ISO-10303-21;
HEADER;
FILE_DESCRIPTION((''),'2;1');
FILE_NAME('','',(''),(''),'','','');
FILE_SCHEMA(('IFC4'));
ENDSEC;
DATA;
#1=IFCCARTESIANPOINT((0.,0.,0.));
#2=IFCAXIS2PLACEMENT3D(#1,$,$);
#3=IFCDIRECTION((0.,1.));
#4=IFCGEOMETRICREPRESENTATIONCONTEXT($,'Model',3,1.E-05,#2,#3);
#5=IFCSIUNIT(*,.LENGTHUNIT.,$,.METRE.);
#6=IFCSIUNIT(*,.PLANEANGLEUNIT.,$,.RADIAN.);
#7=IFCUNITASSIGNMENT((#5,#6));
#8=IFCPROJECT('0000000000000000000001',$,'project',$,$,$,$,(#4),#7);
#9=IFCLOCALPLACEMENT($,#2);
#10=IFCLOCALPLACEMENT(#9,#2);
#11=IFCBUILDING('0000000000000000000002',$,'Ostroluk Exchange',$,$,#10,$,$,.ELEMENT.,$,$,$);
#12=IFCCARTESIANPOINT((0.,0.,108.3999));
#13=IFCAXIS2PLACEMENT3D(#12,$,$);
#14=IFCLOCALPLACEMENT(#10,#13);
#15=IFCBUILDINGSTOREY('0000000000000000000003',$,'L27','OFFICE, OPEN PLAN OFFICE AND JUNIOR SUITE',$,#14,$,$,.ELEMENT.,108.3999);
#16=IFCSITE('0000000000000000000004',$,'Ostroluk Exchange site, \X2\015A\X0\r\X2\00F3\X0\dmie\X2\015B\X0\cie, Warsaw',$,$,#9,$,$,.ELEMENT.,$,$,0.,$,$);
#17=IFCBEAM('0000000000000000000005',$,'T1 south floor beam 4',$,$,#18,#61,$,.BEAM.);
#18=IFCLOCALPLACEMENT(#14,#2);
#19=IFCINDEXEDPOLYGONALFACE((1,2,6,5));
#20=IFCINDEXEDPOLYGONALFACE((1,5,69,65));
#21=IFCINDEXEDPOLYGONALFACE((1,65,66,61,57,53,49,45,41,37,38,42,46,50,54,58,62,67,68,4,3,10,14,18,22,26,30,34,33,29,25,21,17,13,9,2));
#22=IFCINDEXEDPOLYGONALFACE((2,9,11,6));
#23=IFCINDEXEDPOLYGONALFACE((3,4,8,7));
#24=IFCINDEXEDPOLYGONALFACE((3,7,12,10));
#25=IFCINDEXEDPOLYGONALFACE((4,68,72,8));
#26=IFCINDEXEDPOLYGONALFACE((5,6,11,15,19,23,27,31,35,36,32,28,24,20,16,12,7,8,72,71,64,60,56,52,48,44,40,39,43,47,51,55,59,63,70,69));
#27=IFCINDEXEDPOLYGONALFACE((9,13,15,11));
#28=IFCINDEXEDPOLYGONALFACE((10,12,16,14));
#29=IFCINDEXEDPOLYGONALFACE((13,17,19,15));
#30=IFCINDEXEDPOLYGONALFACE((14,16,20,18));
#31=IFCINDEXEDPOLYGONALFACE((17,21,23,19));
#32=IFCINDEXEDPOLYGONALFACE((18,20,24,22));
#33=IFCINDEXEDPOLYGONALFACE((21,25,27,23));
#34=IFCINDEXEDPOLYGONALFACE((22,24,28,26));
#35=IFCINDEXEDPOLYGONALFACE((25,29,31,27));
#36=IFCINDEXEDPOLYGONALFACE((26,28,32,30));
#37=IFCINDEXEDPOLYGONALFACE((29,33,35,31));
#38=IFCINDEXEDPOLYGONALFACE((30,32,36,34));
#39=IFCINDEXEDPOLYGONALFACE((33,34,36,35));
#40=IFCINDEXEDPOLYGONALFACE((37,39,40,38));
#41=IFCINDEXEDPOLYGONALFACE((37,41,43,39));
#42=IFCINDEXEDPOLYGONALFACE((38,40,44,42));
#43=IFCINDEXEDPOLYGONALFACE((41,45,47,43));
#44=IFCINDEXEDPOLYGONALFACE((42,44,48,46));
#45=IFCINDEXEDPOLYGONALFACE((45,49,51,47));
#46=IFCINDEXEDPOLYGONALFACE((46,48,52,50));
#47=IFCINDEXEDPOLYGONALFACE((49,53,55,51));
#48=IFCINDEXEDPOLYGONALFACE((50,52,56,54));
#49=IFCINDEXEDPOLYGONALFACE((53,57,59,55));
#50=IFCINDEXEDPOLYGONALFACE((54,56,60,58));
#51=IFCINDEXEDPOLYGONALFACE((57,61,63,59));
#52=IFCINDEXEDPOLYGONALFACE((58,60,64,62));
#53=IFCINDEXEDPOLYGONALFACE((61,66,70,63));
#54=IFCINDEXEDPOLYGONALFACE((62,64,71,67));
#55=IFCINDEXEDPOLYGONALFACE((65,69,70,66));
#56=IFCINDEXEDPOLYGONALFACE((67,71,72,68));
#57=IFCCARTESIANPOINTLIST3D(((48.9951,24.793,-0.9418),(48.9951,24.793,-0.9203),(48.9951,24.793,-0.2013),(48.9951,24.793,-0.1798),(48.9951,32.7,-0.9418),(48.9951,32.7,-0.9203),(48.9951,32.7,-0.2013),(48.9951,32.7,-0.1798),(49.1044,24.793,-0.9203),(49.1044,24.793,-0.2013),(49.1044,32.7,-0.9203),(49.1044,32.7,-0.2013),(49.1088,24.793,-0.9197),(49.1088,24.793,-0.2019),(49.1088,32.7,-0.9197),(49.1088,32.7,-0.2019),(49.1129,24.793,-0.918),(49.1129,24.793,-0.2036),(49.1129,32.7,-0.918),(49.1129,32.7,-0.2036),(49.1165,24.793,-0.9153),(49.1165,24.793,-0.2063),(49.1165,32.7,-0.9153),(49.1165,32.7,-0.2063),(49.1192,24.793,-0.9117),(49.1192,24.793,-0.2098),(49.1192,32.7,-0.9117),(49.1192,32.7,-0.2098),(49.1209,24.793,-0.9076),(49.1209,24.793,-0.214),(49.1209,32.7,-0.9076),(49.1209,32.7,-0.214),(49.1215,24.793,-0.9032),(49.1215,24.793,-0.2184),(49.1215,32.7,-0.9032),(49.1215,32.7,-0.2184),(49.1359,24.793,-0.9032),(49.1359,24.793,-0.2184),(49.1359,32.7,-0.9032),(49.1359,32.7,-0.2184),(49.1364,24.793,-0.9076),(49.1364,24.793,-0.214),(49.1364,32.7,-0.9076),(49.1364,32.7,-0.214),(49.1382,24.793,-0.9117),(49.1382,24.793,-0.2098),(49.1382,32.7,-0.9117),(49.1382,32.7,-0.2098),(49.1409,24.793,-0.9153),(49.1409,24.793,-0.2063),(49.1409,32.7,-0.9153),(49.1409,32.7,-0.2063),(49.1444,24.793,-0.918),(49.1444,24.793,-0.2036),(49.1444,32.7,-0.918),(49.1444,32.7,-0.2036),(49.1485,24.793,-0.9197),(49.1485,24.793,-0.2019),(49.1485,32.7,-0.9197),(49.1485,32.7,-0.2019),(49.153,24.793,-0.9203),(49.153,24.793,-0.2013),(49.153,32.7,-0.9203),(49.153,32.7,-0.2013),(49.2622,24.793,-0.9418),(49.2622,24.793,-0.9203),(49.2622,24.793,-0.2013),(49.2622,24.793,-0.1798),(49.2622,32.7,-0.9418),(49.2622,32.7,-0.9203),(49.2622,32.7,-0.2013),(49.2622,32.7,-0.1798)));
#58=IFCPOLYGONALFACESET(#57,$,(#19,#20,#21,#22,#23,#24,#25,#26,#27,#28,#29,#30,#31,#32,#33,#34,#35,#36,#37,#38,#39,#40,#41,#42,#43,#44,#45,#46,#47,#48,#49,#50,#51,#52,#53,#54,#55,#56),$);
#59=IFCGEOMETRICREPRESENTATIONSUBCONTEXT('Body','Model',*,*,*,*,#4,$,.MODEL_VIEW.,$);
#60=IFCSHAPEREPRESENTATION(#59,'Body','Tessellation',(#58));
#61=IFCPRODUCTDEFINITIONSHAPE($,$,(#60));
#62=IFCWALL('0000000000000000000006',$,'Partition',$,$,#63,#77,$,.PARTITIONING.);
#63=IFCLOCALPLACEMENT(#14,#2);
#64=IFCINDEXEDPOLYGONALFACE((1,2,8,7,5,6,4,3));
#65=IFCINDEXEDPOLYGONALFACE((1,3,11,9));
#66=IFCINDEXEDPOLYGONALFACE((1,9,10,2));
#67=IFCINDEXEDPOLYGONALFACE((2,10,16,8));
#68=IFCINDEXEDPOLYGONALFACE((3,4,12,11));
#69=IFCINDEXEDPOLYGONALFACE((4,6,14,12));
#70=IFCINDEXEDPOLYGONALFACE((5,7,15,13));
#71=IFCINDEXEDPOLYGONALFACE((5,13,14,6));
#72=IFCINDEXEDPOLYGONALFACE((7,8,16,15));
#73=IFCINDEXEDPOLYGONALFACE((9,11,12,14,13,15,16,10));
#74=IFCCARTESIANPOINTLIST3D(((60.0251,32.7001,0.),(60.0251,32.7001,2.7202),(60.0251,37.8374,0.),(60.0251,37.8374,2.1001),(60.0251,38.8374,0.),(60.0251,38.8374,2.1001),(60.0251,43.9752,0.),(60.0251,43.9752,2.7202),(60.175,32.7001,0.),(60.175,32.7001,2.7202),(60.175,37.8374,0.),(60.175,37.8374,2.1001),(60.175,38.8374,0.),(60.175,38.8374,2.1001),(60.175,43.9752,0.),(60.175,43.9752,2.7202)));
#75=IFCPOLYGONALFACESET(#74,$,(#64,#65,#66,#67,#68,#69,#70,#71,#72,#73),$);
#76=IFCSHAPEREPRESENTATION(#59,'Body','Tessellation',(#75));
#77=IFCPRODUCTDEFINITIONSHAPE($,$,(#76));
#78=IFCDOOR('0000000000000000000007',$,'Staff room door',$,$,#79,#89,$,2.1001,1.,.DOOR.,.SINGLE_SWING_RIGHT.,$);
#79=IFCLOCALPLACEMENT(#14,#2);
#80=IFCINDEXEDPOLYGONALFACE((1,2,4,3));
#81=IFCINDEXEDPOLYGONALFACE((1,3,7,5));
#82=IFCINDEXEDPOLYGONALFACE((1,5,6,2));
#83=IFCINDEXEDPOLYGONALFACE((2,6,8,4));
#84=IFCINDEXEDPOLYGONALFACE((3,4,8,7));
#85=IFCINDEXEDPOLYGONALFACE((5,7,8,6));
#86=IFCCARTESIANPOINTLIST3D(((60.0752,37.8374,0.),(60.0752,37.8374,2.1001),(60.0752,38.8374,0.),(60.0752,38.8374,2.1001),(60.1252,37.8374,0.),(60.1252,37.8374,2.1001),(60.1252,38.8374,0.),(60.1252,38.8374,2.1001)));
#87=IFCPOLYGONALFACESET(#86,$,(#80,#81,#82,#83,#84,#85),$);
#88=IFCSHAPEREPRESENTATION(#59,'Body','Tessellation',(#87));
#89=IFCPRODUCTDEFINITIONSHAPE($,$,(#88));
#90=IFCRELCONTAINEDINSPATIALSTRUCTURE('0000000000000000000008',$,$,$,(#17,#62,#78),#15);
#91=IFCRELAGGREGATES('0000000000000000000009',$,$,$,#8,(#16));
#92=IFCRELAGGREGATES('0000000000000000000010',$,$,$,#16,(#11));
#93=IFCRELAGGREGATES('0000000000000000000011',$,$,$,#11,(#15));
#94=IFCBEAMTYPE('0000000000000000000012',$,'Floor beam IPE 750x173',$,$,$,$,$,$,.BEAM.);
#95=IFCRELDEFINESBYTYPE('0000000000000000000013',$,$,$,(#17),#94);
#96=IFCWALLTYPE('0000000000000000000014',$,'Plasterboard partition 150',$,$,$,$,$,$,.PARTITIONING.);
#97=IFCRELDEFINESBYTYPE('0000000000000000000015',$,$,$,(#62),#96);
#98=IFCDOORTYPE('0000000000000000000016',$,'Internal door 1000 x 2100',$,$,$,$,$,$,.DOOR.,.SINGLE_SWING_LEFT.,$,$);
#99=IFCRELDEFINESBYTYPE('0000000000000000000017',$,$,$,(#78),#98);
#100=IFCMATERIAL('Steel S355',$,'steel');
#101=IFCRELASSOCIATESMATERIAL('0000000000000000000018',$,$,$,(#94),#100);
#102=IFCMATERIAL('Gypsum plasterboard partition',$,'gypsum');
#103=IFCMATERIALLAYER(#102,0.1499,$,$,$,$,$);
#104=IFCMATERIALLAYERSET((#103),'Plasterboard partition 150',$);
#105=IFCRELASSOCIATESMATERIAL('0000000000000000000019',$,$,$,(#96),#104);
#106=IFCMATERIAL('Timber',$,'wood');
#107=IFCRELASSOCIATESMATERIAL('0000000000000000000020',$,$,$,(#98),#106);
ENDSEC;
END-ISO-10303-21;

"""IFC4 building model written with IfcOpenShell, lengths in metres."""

from ifc_helpers import new_model, si_unit, direction, frame, frame_2d, origin, origin_2d, place, context, subcontext, project, spatial, rectangle, i_section, extrude, material, layer, layer_set, material_profile, profile_set, type_object, element, fill, save


model = new_model("IFC4")

# Units and contexts
model_context = context("Model", 3, precision=1e-05, world=origin(), true_north=direction((0.0, 1.0)))
body_context = subcontext(model_context, "Body", "Model", "MODEL_VIEW")
ifc_project = project(units=[si_unit("LENGTHUNIT", "METRE"), si_unit("PLANEANGLEUNIT", "RADIAN")], contexts=[model_context])

# Site, building, storey
site_placement = place(None, origin())
site = spatial("IfcSite", under=ifc_project, at=site_placement, Name="Ostroluk Exchange site, Śródmieście, Warsaw", CompositionType="ELEMENT", RefElevation=0.0)
building_placement = place(site_placement, origin())
building = spatial("IfcBuilding", under=site, at=building_placement, Name="Ostroluk Exchange", CompositionType="ELEMENT")
storey_placement = place(building_placement, frame((0.0, 0.0, 108.3999)))
storey = spatial("IfcBuildingStorey", under=building, at=storey_placement, Name="L27", Description="OFFICE, OPEN PLAN OFFICE AND JUNIOR SUITE", CompositionType="ELEMENT", Elevation=108.3999)

# Beam
ifc_material_1 = material(Name="Steel S355", Category="steel")
ifc_material_profile_1 = material_profile(ifc_material_1, i_section(OverallWidth=0.2671, OverallDepth=0.762, WebThickness=0.0144, FlangeThickness=0.0215, FilletRadius=0.0171, at=origin_2d()), Name="IPE 750x173")
ifc_profile_set_1 = profile_set([ifc_material_profile_1], Name="Steel S355")
beam_type_1 = type_object("IfcBeamType", Name="Floor beam IPE 750x173", PredefinedType="BEAM", material=ifc_profile_set_1)
beam_1_placement = place(storey_placement, frame((49.1287, 32.7, -0.5608), z_axis=(0.0, -1.0, 0.0), x_axis=(1.0, 0.0, 0.0)))
element("IfcBeam", 1, at=beam_1_placement, inside=storey, type_object=beam_type_1, Name="T1 south floor beam 4", PredefinedType="BEAM", context=body_context, shape_type="SweptSolid", body=[
    extrude(i_section(OverallWidth=0.2671, OverallDepth=0.762, WebThickness=0.0144, FlangeThickness=0.0215, FilletRadius=0.0171, at=origin_2d()), origin(), (0.0, 0.0, 1.0), 7.907),
])

# Wall, opening, door
ifc_material_2 = material(Name="Gypsum plasterboard partition", Category="gypsum")
ifc_layer = layer(ifc_material_2, 0.1499)
ifc_layer_set = layer_set([ifc_layer], Name="Plasterboard partition 150")
wall_type = type_object("IfcWallType", Name="Plasterboard partition 150", PredefinedType="PARTITIONING", material=ifc_layer_set)
wall_1_placement = place(storey_placement, frame((60.1001, 32.7, 0.0), z_axis=(0.0, 0.0, 1.0), x_axis=(0.0, 1.0, 0.0)))
wall_1 = element("IfcWall", 2, at=wall_1_placement, inside=storey, type_object=wall_type, Name="Partition", PredefinedType="PARTITIONING", context=body_context, shape_type="SweptSolid", body=[
    extrude(rectangle(XDim=11.2751, YDim=0.1499, at=frame_2d((5.6377, 0.0))), origin(), (0.0, 0.0, 1.0), 2.7202),
])
opening_1_placement = place(wall_1_placement, frame((5.1375, 0.0, 0.0)))
opening_1 = element("IfcOpeningElement", 3, at=opening_1_placement, cuts=wall_1, PredefinedType="OPENING", context=body_context, shape_type="SweptSolid", body=[
    extrude(rectangle(XDim=1.0, YDim=2.1001, at=frame_2d((0.5, 1.05))), frame((0.0, 0.085, 0.0), z_axis=(0.0, -1.0, 0.0), x_axis=(1.0, 0.0, 0.0)), (0.0, 0.0, 1.0), 0.1699),
])
ifc_material_3 = material(Name="Timber", Category="wood")
door_type = type_object("IfcDoorType", Name="Internal door 1000 x 2100", OperationType="SINGLE_SWING_LEFT", PredefinedType="DOOR", material=ifc_material_3)
door_1_placement = place(opening_1_placement, origin())
door_1 = element("IfcDoor", 4, at=door_1_placement, inside=storey, type_object=door_type, Name="Staff room door", OperationType="SINGLE_SWING_RIGHT", OverallHeight=2.1001, OverallWidth=1.0, PredefinedType="DOOR", context=body_context, shape_type="SweptSolid", body=[
    extrude(rectangle(XDim=1.0, YDim=2.1001, at=frame_2d((0.5, 1.05))), frame((0.0, 0.0249, 0.0), z_axis=(0.0, -1.0, 0.0), x_axis=(1.0, 0.0, 0.0)), (0.0, 0.0, 1.0), 0.05),
])
fill(opening_1, door_1)

save(model, "model.ifc")
